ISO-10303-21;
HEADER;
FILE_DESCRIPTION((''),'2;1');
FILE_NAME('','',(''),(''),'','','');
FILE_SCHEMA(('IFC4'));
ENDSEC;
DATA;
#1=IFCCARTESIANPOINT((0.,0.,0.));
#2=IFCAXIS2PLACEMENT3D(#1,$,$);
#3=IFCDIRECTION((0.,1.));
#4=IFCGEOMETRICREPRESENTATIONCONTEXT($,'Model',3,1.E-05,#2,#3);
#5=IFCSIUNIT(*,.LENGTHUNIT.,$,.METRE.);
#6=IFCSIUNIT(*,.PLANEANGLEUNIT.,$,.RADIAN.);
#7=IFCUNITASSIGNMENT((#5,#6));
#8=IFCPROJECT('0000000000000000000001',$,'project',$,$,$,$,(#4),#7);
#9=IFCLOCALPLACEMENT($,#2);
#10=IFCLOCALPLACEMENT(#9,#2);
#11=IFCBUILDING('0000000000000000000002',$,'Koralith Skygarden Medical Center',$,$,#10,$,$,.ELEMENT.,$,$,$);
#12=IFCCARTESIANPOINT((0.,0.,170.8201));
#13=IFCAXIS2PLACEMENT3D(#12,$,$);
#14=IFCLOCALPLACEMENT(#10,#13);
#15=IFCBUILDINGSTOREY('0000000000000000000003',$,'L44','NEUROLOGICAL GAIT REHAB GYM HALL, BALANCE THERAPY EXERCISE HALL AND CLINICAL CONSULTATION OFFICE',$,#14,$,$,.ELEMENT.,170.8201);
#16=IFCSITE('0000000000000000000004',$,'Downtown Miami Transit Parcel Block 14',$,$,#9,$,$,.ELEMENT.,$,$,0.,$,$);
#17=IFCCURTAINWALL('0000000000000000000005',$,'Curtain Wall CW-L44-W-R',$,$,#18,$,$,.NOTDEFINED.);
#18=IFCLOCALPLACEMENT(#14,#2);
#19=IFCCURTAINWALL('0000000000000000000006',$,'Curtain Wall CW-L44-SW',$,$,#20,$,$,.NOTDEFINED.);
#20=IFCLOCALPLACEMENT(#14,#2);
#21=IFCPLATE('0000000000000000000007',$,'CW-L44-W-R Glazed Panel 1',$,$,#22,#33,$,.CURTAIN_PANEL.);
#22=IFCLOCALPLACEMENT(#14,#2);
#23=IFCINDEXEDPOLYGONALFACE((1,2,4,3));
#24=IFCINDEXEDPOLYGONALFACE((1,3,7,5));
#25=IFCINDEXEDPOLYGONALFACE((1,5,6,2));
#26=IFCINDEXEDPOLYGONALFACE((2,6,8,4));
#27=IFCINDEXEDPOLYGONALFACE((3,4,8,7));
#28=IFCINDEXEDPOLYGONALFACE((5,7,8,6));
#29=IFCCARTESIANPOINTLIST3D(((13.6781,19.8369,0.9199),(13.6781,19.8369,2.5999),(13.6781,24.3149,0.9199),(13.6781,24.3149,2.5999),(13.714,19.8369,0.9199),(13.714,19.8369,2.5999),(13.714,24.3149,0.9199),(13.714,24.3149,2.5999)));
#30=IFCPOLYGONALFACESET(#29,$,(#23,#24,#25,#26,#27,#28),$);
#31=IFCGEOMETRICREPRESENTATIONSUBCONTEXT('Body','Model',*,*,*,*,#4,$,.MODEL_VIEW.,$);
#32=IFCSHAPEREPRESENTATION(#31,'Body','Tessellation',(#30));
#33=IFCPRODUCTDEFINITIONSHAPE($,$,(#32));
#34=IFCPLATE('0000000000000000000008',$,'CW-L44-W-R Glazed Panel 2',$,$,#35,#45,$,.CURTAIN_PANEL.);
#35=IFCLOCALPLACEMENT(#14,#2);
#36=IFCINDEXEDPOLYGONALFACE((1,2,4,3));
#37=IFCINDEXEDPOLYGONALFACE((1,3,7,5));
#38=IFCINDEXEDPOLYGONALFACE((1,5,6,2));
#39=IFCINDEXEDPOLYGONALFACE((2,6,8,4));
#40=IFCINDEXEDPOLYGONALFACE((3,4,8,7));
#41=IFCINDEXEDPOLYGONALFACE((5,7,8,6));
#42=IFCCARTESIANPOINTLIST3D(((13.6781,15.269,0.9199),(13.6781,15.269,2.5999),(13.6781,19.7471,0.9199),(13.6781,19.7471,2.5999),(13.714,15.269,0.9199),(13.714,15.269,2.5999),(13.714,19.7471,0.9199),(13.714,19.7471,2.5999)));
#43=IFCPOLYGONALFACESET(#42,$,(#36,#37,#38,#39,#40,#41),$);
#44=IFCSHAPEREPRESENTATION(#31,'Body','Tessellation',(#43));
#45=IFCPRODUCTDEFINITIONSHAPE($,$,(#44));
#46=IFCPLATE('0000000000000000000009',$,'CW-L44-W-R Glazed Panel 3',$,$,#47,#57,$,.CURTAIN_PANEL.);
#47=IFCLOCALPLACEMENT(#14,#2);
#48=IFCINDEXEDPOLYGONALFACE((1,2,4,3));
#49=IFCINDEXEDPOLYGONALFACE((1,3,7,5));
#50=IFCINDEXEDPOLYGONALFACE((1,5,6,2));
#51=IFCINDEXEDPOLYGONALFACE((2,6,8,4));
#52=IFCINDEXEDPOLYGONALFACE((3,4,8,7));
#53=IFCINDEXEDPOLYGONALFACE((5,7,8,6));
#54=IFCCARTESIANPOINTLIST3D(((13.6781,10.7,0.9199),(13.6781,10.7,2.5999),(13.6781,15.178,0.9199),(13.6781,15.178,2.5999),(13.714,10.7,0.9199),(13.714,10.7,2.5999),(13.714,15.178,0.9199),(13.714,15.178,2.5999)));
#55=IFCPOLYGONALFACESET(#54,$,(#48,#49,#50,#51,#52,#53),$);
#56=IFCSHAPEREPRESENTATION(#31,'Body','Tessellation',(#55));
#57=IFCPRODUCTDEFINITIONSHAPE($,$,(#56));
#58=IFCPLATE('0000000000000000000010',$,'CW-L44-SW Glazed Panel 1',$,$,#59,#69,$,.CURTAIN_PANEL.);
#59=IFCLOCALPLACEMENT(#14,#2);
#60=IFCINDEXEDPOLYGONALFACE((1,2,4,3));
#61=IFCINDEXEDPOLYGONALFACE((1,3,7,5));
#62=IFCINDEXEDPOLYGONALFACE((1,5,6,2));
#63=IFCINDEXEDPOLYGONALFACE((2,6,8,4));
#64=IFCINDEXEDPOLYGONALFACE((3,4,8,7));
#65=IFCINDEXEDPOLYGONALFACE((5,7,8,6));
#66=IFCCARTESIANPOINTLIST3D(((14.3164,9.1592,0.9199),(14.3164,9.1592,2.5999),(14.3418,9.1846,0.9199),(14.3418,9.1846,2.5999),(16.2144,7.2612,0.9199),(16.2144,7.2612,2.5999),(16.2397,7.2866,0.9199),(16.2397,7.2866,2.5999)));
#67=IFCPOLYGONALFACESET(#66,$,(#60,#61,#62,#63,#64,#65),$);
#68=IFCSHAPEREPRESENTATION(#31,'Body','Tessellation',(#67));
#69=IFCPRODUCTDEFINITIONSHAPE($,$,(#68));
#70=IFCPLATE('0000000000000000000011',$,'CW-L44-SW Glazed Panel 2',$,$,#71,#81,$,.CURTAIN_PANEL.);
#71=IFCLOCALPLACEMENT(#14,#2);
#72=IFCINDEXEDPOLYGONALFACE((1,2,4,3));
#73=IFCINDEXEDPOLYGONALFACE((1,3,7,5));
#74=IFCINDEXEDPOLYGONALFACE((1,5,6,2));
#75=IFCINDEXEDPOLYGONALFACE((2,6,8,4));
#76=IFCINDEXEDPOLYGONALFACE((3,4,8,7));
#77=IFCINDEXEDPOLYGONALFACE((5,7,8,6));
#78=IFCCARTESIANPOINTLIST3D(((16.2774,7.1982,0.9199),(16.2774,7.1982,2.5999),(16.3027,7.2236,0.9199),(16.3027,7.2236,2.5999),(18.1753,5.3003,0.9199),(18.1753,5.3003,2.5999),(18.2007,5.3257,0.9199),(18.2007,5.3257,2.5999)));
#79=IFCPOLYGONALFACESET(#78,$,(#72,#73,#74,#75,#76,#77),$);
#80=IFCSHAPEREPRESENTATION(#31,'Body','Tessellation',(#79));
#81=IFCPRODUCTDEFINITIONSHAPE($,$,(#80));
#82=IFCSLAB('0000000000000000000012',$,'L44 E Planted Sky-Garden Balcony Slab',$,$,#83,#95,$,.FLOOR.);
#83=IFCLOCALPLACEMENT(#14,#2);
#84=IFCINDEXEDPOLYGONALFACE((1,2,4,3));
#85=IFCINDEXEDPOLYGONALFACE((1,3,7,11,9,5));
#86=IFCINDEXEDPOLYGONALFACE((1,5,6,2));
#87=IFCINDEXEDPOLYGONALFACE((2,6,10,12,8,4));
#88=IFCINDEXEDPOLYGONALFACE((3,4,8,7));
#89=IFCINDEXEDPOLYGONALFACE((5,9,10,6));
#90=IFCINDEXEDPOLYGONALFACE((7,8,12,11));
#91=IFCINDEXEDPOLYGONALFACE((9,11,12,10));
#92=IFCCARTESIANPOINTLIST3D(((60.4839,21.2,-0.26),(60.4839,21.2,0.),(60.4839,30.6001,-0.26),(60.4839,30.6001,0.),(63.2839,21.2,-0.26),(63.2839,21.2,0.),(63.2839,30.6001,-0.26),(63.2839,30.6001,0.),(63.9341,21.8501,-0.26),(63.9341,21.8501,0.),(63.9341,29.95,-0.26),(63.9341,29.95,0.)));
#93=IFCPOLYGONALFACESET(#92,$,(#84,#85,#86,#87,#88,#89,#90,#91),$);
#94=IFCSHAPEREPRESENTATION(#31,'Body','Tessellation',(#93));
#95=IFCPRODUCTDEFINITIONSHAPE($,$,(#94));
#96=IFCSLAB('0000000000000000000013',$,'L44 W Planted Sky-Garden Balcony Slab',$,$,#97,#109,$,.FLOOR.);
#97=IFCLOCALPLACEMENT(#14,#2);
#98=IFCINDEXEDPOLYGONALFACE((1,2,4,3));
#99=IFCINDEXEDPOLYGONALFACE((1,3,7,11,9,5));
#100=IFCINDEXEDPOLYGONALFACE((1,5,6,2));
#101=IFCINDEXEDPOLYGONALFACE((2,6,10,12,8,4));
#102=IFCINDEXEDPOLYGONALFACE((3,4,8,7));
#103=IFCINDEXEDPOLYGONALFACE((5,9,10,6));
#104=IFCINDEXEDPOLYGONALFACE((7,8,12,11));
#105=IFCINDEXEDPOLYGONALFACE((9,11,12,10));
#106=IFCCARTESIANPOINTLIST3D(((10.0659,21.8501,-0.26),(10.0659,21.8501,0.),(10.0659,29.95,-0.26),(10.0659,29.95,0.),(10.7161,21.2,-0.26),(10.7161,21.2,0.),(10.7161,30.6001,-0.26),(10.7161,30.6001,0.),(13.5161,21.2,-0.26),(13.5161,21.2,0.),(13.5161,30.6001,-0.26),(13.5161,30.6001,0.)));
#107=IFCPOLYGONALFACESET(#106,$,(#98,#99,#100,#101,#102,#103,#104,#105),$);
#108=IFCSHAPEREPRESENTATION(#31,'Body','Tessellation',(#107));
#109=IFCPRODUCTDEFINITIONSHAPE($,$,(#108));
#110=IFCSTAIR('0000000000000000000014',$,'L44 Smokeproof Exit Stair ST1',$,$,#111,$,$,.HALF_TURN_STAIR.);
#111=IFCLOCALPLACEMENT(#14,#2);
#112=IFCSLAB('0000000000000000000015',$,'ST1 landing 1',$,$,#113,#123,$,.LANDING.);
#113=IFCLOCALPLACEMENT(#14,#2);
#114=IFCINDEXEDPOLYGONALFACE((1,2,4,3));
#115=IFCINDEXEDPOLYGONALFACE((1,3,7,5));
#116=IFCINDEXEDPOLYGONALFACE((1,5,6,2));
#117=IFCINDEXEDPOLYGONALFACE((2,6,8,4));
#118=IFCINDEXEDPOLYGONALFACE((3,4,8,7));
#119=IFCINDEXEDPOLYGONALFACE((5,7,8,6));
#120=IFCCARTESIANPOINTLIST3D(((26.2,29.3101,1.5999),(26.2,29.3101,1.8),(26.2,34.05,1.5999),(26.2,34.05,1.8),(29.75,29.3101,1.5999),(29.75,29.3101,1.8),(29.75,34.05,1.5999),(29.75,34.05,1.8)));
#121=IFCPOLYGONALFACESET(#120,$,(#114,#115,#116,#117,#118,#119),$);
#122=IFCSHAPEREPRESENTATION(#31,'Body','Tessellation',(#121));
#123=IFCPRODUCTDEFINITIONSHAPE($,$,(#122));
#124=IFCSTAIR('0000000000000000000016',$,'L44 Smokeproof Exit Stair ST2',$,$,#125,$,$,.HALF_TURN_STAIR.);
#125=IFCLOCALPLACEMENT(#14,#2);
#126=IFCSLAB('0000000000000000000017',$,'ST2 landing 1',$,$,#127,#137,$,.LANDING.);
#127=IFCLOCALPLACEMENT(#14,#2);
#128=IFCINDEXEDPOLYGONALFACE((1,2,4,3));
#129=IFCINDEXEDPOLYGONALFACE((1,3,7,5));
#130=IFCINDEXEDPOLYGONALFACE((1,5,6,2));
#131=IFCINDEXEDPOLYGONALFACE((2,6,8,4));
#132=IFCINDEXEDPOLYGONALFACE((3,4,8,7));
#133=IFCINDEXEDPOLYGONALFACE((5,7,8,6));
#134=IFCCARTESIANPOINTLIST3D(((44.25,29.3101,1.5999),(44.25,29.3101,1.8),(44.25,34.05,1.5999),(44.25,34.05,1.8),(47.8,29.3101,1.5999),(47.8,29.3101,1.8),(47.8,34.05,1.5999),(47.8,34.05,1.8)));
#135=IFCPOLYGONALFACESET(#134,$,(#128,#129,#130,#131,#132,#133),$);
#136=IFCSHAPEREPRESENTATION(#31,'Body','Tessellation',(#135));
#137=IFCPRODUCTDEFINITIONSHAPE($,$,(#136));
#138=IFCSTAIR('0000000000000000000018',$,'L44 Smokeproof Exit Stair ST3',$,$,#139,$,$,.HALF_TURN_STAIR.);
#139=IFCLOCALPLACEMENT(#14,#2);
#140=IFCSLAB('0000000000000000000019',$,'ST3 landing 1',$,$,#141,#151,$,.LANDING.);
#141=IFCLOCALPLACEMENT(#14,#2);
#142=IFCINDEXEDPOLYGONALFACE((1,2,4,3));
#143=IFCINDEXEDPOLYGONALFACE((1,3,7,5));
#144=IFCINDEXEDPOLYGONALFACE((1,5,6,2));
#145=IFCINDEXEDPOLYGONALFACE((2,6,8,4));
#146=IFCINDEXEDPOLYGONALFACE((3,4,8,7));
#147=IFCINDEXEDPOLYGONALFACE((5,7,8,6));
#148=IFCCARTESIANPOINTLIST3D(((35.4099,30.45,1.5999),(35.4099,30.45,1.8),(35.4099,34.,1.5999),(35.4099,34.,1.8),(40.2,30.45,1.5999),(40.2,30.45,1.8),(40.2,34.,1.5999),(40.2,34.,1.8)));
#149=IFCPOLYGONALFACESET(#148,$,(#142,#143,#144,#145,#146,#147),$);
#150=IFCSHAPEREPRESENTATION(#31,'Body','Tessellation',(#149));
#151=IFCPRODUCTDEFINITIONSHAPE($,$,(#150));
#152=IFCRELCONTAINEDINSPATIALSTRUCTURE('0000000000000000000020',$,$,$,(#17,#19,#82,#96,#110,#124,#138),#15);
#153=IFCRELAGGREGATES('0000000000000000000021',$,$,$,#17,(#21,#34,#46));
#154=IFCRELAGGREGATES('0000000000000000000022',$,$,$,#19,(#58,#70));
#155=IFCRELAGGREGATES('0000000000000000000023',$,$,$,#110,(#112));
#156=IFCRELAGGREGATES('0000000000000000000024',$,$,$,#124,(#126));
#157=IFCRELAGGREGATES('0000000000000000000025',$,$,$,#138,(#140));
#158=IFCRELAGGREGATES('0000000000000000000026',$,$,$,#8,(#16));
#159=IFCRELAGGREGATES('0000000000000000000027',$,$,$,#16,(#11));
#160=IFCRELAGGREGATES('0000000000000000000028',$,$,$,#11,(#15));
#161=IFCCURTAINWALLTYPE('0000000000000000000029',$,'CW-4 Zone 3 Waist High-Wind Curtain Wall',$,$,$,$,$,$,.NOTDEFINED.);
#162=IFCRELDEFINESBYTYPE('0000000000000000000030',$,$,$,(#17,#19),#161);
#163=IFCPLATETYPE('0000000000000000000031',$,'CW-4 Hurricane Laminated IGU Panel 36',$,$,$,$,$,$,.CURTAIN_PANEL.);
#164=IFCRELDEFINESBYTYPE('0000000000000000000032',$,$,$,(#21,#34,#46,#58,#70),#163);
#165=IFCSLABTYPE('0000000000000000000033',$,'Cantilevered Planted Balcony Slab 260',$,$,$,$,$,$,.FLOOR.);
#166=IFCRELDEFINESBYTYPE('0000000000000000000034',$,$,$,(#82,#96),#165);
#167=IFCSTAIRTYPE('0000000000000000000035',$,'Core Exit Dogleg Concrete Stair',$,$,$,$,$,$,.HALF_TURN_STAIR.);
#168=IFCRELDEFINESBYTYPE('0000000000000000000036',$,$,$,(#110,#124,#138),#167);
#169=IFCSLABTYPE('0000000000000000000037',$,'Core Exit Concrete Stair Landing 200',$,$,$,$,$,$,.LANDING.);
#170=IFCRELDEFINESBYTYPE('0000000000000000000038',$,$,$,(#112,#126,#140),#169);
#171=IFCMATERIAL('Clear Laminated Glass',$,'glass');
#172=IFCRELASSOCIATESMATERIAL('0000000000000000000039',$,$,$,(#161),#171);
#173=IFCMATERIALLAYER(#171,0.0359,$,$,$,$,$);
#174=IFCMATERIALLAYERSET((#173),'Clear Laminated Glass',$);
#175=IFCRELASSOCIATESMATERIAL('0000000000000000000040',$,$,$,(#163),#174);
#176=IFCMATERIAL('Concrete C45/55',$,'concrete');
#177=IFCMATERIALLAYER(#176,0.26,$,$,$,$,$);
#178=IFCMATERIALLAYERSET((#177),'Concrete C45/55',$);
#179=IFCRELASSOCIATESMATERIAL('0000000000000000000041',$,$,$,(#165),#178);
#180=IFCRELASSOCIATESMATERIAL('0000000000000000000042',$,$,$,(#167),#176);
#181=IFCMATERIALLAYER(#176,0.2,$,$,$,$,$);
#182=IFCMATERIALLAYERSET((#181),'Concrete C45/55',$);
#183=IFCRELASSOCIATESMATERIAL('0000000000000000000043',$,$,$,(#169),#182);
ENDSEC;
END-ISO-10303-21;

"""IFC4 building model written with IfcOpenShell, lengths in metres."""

from ifc_helpers import new_model, si_unit, direction, frame, origin, origin_2d, place, context, subcontext, project, spatial, polyline, rectangle, outline, extrude, material, layer, layer_set, type_object, element, aggregate, save


model = new_model("IFC4")

# Units and contexts
model_context = context("Model", 3, precision=1e-05, world=origin(), true_north=direction((0.0, 1.0)))
body_context = subcontext(model_context, "Body", "Model", "MODEL_VIEW")
ifc_project = project(units=[si_unit("LENGTHUNIT", "METRE"), si_unit("PLANEANGLEUNIT", "RADIAN")], contexts=[model_context])

# Site, building, storey
site_placement = place(None, origin())
site = spatial("IfcSite", under=ifc_project, at=site_placement, Name="Downtown Miami Transit Parcel Block 14", CompositionType="ELEMENT", RefElevation=0.0)
building_placement = place(site_placement, origin())
building = spatial("IfcBuilding", under=site, at=building_placement, Name="Koralith Skygarden Medical Center", CompositionType="ELEMENT")
storey_placement = place(building_placement, frame((0.0, 0.0, 170.8201)))
storey = spatial("IfcBuildingStorey", under=building, at=storey_placement, Name="L44", Description="NEUROLOGICAL GAIT REHAB GYM HALL, BALANCE THERAPY EXERCISE HALL AND CLINICAL CONSULTATION OFFICE", CompositionType="ELEMENT", Elevation=170.8201)

# Curtain walls
ifc_material_1 = material(Name="Clear Laminated Glass", Category="glass")
curtain_wall_type = type_object("IfcCurtainWallType", Name="CW-4 Zone 3 Waist High-Wind Curtain Wall", PredefinedType="NOTDEFINED", material=ifc_material_1)
curtain_wall_1_placement = place(storey_placement, origin())
curtain_wall_1 = element("IfcCurtainWall", 1, at=curtain_wall_1_placement, inside=storey, type_object=curtain_wall_type, Name="Curtain Wall CW-L44-W-R", PredefinedType="NOTDEFINED")
curtain_wall_2_placement = place(storey_placement, origin())
curtain_wall_2 = element("IfcCurtainWall", 2, at=curtain_wall_2_placement, inside=storey, type_object=curtain_wall_type, Name="Curtain Wall CW-L44-SW", PredefinedType="NOTDEFINED")

# Shared definitions
ifc_material_2 = material(Name="Concrete C45/55", Category="concrete")

# Plates
ifc_layer_1 = layer(ifc_material_1, 0.0359)
ifc_layer_set_1 = layer_set([ifc_layer_1], Name="Clear Laminated Glass")
plate_type_1 = type_object("IfcPlateType", Name="CW-4 Hurricane Laminated IGU Panel 36", PredefinedType="CURTAIN_PANEL", material=ifc_layer_set_1)
plate_1_placement = place(storey_placement, frame((13.696, 22.0759, 0.9199), z_axis=(0.0, 0.0, 1.0), x_axis=(0.0, -1.0, 0.0)))
plate_1 = element("IfcPlate", 3, at=plate_1_placement, type_object=plate_type_1, Name="CW-L44-W-R Glazed Panel 1", PredefinedType="CURTAIN_PANEL", context=body_context, shape_type="SweptSolid", body=[
    extrude(rectangle(XDim=4.478, YDim=0.0359, at=origin_2d()), origin(), (0.0, 0.0, 1.0), 1.6799),
])
plate_2_placement = place(storey_placement, frame((13.696, 17.5081, 0.9199), z_axis=(0.0, 0.0, 1.0), x_axis=(0.0, -1.0, 0.0)))
plate_2 = element("IfcPlate", 4, at=plate_2_placement, type_object=plate_type_1, Name="CW-L44-W-R Glazed Panel 2", PredefinedType="CURTAIN_PANEL", context=body_context, shape_type="SweptSolid", body=[
    extrude(rectangle(XDim=4.478, YDim=0.0359, at=origin_2d()), origin(), (0.0, 0.0, 1.0), 1.6799),
])
plate_3_placement = place(storey_placement, frame((13.696, 12.939, 0.9199), z_axis=(0.0, 0.0, 1.0), x_axis=(0.0, -1.0, 0.0)))
plate_3 = element("IfcPlate", 5, at=plate_3_placement, type_object=plate_type_1, Name="CW-L44-W-R Glazed Panel 3", PredefinedType="CURTAIN_PANEL", context=body_context, shape_type="SweptSolid", body=[
    extrude(rectangle(XDim=4.478, YDim=0.0359, at=origin_2d()), origin(), (0.0, 0.0, 1.0), 1.6799),
])
aggregate(curtain_wall_1, [plate_1, plate_2, plate_3])
plate_4_placement = place(storey_placement, frame((15.2781, 8.2229, 0.9199), z_axis=(0.0, 0.0, 1.0), x_axis=(0.707107, -0.707107, 0.0)))
plate_4 = element("IfcPlate", 6, at=plate_4_placement, type_object=plate_type_1, Name="CW-L44-SW Glazed Panel 1", PredefinedType="CURTAIN_PANEL", context=body_context, shape_type="SweptSolid", body=[
    extrude(rectangle(XDim=2.6841, YDim=0.0359, at=origin_2d()), origin(), (0.0, 0.0, 1.0), 1.6799),
])
plate_5_placement = place(storey_placement, frame((17.239, 6.262, 0.9199), z_axis=(0.0, 0.0, 1.0), x_axis=(0.707107, -0.707107, 0.0)))
plate_5 = element("IfcPlate", 7, at=plate_5_placement, type_object=plate_type_1, Name="CW-L44-SW Glazed Panel 2", PredefinedType="CURTAIN_PANEL", context=body_context, shape_type="SweptSolid", body=[
    extrude(rectangle(XDim=2.6841, YDim=0.0359, at=origin_2d()), origin(), (0.0, 0.0, 1.0), 1.6799),
])
aggregate(curtain_wall_2, [plate_4, plate_5])

# Slabs
ifc_layer_2 = layer(ifc_material_2, 0.26)
ifc_layer_set_2 = layer_set([ifc_layer_2], Name="Concrete C45/55")
slab_type_1 = type_object("IfcSlabType", Name="Cantilevered Planted Balcony Slab 260", PredefinedType="FLOOR", material=ifc_layer_set_2)
slab_1_placement = place(storey_placement, frame((0.0, 0.0, -0.26)))
element("IfcSlab", 8, at=slab_1_placement, inside=storey, type_object=slab_type_1, Name="L44 E Planted Sky-Garden Balcony Slab", PredefinedType="FLOOR", context=body_context, shape_type="SweptSolid", body=[
    extrude(outline(polyline([(60.4839, 21.2), (63.2839, 21.2), (63.9341, 21.8501), (63.9341, 29.95), (63.2839, 30.6001), (60.4839, 30.6001), (60.4839, 21.2)])), origin(), (0.0, 0.0, 1.0), 0.26),
])
slab_2_placement = place(storey_placement, frame((0.0, 0.0, -0.26)))
element("IfcSlab", 9, at=slab_2_placement, inside=storey, type_object=slab_type_1, Name="L44 W Planted Sky-Garden Balcony Slab", PredefinedType="FLOOR", context=body_context, shape_type="SweptSolid", body=[
    extrude(outline(polyline([(10.7161, 21.2), (13.5161, 21.2), (13.5161, 30.6001), (10.7161, 30.6001), (10.0659, 29.95), (10.0659, 21.8501), (10.7161, 21.2)])), origin(), (0.0, 0.0, 1.0), 0.26),
])

# Stairs, slabs
stair_type = type_object("IfcStairType", Name="Core Exit Dogleg Concrete Stair", PredefinedType="HALF_TURN_STAIR", material=ifc_material_2)
stair_1_placement = place(storey_placement, origin())
stair_1 = element("IfcStair", 10, at=stair_1_placement, inside=storey, type_object=stair_type, Name="L44 Smokeproof Exit Stair ST1", PredefinedType="HALF_TURN_STAIR")
ifc_layer_3 = layer(ifc_material_2, 0.2)
ifc_layer_set_3 = layer_set([ifc_layer_3], Name="Concrete C45/55")
slab_type_2 = type_object("IfcSlabType", Name="Core Exit Concrete Stair Landing 200", PredefinedType="LANDING", material=ifc_layer_set_3)
slab_3_placement = place(storey_placement, frame((0.0, 0.0, 1.5999)))
slab_3 = element("IfcSlab", 11, at=slab_3_placement, type_object=slab_type_2, Name="ST1 landing 1", PredefinedType="LANDING", context=body_context, shape_type="SweptSolid", body=[
    extrude(outline(polyline([(29.75, 29.3101), (29.75, 34.05), (26.2, 34.05), (26.2, 29.3101), (29.75, 29.3101)])), origin(), (0.0, 0.0, 1.0), 0.2002),
])
aggregate(stair_1, [slab_3])
stair_2_placement = place(storey_placement, origin())
stair_2 = element("IfcStair", 12, at=stair_2_placement, inside=storey, type_object=stair_type, Name="L44 Smokeproof Exit Stair ST2", PredefinedType="HALF_TURN_STAIR")
slab_4_placement = place(storey_placement, frame((0.0, 0.0, 1.5999)))
slab_4 = element("IfcSlab", 13, at=slab_4_placement, type_object=slab_type_2, Name="ST2 landing 1", PredefinedType="LANDING", context=body_context, shape_type="SweptSolid", body=[
    extrude(outline(polyline([(47.8, 29.3101), (47.8, 34.05), (44.25, 34.05), (44.25, 29.3101), (47.8, 29.3101)])), origin(), (0.0, 0.0, 1.0), 0.2002),
])
aggregate(stair_2, [slab_4])
stair_3_placement = place(storey_placement, origin())
stair_3 = element("IfcStair", 14, at=stair_3_placement, inside=storey, type_object=stair_type, Name="L44 Smokeproof Exit Stair ST3", PredefinedType="HALF_TURN_STAIR")
slab_5_placement = place(storey_placement, frame((0.0, 0.0, 1.5999)))
slab_5 = element("IfcSlab", 15, at=slab_5_placement, type_object=slab_type_2, Name="ST3 landing 1", PredefinedType="LANDING", context=body_context, shape_type="SweptSolid", body=[
    extrude(outline(polyline([(35.4099, 30.45), (40.2, 30.45), (40.2, 34.0), (35.4099, 34.0), (35.4099, 30.45)])), origin(), (0.0, 0.0, 1.0), 0.2002),
])
aggregate(stair_3, [slab_5])

save(model, "model.ifc")
